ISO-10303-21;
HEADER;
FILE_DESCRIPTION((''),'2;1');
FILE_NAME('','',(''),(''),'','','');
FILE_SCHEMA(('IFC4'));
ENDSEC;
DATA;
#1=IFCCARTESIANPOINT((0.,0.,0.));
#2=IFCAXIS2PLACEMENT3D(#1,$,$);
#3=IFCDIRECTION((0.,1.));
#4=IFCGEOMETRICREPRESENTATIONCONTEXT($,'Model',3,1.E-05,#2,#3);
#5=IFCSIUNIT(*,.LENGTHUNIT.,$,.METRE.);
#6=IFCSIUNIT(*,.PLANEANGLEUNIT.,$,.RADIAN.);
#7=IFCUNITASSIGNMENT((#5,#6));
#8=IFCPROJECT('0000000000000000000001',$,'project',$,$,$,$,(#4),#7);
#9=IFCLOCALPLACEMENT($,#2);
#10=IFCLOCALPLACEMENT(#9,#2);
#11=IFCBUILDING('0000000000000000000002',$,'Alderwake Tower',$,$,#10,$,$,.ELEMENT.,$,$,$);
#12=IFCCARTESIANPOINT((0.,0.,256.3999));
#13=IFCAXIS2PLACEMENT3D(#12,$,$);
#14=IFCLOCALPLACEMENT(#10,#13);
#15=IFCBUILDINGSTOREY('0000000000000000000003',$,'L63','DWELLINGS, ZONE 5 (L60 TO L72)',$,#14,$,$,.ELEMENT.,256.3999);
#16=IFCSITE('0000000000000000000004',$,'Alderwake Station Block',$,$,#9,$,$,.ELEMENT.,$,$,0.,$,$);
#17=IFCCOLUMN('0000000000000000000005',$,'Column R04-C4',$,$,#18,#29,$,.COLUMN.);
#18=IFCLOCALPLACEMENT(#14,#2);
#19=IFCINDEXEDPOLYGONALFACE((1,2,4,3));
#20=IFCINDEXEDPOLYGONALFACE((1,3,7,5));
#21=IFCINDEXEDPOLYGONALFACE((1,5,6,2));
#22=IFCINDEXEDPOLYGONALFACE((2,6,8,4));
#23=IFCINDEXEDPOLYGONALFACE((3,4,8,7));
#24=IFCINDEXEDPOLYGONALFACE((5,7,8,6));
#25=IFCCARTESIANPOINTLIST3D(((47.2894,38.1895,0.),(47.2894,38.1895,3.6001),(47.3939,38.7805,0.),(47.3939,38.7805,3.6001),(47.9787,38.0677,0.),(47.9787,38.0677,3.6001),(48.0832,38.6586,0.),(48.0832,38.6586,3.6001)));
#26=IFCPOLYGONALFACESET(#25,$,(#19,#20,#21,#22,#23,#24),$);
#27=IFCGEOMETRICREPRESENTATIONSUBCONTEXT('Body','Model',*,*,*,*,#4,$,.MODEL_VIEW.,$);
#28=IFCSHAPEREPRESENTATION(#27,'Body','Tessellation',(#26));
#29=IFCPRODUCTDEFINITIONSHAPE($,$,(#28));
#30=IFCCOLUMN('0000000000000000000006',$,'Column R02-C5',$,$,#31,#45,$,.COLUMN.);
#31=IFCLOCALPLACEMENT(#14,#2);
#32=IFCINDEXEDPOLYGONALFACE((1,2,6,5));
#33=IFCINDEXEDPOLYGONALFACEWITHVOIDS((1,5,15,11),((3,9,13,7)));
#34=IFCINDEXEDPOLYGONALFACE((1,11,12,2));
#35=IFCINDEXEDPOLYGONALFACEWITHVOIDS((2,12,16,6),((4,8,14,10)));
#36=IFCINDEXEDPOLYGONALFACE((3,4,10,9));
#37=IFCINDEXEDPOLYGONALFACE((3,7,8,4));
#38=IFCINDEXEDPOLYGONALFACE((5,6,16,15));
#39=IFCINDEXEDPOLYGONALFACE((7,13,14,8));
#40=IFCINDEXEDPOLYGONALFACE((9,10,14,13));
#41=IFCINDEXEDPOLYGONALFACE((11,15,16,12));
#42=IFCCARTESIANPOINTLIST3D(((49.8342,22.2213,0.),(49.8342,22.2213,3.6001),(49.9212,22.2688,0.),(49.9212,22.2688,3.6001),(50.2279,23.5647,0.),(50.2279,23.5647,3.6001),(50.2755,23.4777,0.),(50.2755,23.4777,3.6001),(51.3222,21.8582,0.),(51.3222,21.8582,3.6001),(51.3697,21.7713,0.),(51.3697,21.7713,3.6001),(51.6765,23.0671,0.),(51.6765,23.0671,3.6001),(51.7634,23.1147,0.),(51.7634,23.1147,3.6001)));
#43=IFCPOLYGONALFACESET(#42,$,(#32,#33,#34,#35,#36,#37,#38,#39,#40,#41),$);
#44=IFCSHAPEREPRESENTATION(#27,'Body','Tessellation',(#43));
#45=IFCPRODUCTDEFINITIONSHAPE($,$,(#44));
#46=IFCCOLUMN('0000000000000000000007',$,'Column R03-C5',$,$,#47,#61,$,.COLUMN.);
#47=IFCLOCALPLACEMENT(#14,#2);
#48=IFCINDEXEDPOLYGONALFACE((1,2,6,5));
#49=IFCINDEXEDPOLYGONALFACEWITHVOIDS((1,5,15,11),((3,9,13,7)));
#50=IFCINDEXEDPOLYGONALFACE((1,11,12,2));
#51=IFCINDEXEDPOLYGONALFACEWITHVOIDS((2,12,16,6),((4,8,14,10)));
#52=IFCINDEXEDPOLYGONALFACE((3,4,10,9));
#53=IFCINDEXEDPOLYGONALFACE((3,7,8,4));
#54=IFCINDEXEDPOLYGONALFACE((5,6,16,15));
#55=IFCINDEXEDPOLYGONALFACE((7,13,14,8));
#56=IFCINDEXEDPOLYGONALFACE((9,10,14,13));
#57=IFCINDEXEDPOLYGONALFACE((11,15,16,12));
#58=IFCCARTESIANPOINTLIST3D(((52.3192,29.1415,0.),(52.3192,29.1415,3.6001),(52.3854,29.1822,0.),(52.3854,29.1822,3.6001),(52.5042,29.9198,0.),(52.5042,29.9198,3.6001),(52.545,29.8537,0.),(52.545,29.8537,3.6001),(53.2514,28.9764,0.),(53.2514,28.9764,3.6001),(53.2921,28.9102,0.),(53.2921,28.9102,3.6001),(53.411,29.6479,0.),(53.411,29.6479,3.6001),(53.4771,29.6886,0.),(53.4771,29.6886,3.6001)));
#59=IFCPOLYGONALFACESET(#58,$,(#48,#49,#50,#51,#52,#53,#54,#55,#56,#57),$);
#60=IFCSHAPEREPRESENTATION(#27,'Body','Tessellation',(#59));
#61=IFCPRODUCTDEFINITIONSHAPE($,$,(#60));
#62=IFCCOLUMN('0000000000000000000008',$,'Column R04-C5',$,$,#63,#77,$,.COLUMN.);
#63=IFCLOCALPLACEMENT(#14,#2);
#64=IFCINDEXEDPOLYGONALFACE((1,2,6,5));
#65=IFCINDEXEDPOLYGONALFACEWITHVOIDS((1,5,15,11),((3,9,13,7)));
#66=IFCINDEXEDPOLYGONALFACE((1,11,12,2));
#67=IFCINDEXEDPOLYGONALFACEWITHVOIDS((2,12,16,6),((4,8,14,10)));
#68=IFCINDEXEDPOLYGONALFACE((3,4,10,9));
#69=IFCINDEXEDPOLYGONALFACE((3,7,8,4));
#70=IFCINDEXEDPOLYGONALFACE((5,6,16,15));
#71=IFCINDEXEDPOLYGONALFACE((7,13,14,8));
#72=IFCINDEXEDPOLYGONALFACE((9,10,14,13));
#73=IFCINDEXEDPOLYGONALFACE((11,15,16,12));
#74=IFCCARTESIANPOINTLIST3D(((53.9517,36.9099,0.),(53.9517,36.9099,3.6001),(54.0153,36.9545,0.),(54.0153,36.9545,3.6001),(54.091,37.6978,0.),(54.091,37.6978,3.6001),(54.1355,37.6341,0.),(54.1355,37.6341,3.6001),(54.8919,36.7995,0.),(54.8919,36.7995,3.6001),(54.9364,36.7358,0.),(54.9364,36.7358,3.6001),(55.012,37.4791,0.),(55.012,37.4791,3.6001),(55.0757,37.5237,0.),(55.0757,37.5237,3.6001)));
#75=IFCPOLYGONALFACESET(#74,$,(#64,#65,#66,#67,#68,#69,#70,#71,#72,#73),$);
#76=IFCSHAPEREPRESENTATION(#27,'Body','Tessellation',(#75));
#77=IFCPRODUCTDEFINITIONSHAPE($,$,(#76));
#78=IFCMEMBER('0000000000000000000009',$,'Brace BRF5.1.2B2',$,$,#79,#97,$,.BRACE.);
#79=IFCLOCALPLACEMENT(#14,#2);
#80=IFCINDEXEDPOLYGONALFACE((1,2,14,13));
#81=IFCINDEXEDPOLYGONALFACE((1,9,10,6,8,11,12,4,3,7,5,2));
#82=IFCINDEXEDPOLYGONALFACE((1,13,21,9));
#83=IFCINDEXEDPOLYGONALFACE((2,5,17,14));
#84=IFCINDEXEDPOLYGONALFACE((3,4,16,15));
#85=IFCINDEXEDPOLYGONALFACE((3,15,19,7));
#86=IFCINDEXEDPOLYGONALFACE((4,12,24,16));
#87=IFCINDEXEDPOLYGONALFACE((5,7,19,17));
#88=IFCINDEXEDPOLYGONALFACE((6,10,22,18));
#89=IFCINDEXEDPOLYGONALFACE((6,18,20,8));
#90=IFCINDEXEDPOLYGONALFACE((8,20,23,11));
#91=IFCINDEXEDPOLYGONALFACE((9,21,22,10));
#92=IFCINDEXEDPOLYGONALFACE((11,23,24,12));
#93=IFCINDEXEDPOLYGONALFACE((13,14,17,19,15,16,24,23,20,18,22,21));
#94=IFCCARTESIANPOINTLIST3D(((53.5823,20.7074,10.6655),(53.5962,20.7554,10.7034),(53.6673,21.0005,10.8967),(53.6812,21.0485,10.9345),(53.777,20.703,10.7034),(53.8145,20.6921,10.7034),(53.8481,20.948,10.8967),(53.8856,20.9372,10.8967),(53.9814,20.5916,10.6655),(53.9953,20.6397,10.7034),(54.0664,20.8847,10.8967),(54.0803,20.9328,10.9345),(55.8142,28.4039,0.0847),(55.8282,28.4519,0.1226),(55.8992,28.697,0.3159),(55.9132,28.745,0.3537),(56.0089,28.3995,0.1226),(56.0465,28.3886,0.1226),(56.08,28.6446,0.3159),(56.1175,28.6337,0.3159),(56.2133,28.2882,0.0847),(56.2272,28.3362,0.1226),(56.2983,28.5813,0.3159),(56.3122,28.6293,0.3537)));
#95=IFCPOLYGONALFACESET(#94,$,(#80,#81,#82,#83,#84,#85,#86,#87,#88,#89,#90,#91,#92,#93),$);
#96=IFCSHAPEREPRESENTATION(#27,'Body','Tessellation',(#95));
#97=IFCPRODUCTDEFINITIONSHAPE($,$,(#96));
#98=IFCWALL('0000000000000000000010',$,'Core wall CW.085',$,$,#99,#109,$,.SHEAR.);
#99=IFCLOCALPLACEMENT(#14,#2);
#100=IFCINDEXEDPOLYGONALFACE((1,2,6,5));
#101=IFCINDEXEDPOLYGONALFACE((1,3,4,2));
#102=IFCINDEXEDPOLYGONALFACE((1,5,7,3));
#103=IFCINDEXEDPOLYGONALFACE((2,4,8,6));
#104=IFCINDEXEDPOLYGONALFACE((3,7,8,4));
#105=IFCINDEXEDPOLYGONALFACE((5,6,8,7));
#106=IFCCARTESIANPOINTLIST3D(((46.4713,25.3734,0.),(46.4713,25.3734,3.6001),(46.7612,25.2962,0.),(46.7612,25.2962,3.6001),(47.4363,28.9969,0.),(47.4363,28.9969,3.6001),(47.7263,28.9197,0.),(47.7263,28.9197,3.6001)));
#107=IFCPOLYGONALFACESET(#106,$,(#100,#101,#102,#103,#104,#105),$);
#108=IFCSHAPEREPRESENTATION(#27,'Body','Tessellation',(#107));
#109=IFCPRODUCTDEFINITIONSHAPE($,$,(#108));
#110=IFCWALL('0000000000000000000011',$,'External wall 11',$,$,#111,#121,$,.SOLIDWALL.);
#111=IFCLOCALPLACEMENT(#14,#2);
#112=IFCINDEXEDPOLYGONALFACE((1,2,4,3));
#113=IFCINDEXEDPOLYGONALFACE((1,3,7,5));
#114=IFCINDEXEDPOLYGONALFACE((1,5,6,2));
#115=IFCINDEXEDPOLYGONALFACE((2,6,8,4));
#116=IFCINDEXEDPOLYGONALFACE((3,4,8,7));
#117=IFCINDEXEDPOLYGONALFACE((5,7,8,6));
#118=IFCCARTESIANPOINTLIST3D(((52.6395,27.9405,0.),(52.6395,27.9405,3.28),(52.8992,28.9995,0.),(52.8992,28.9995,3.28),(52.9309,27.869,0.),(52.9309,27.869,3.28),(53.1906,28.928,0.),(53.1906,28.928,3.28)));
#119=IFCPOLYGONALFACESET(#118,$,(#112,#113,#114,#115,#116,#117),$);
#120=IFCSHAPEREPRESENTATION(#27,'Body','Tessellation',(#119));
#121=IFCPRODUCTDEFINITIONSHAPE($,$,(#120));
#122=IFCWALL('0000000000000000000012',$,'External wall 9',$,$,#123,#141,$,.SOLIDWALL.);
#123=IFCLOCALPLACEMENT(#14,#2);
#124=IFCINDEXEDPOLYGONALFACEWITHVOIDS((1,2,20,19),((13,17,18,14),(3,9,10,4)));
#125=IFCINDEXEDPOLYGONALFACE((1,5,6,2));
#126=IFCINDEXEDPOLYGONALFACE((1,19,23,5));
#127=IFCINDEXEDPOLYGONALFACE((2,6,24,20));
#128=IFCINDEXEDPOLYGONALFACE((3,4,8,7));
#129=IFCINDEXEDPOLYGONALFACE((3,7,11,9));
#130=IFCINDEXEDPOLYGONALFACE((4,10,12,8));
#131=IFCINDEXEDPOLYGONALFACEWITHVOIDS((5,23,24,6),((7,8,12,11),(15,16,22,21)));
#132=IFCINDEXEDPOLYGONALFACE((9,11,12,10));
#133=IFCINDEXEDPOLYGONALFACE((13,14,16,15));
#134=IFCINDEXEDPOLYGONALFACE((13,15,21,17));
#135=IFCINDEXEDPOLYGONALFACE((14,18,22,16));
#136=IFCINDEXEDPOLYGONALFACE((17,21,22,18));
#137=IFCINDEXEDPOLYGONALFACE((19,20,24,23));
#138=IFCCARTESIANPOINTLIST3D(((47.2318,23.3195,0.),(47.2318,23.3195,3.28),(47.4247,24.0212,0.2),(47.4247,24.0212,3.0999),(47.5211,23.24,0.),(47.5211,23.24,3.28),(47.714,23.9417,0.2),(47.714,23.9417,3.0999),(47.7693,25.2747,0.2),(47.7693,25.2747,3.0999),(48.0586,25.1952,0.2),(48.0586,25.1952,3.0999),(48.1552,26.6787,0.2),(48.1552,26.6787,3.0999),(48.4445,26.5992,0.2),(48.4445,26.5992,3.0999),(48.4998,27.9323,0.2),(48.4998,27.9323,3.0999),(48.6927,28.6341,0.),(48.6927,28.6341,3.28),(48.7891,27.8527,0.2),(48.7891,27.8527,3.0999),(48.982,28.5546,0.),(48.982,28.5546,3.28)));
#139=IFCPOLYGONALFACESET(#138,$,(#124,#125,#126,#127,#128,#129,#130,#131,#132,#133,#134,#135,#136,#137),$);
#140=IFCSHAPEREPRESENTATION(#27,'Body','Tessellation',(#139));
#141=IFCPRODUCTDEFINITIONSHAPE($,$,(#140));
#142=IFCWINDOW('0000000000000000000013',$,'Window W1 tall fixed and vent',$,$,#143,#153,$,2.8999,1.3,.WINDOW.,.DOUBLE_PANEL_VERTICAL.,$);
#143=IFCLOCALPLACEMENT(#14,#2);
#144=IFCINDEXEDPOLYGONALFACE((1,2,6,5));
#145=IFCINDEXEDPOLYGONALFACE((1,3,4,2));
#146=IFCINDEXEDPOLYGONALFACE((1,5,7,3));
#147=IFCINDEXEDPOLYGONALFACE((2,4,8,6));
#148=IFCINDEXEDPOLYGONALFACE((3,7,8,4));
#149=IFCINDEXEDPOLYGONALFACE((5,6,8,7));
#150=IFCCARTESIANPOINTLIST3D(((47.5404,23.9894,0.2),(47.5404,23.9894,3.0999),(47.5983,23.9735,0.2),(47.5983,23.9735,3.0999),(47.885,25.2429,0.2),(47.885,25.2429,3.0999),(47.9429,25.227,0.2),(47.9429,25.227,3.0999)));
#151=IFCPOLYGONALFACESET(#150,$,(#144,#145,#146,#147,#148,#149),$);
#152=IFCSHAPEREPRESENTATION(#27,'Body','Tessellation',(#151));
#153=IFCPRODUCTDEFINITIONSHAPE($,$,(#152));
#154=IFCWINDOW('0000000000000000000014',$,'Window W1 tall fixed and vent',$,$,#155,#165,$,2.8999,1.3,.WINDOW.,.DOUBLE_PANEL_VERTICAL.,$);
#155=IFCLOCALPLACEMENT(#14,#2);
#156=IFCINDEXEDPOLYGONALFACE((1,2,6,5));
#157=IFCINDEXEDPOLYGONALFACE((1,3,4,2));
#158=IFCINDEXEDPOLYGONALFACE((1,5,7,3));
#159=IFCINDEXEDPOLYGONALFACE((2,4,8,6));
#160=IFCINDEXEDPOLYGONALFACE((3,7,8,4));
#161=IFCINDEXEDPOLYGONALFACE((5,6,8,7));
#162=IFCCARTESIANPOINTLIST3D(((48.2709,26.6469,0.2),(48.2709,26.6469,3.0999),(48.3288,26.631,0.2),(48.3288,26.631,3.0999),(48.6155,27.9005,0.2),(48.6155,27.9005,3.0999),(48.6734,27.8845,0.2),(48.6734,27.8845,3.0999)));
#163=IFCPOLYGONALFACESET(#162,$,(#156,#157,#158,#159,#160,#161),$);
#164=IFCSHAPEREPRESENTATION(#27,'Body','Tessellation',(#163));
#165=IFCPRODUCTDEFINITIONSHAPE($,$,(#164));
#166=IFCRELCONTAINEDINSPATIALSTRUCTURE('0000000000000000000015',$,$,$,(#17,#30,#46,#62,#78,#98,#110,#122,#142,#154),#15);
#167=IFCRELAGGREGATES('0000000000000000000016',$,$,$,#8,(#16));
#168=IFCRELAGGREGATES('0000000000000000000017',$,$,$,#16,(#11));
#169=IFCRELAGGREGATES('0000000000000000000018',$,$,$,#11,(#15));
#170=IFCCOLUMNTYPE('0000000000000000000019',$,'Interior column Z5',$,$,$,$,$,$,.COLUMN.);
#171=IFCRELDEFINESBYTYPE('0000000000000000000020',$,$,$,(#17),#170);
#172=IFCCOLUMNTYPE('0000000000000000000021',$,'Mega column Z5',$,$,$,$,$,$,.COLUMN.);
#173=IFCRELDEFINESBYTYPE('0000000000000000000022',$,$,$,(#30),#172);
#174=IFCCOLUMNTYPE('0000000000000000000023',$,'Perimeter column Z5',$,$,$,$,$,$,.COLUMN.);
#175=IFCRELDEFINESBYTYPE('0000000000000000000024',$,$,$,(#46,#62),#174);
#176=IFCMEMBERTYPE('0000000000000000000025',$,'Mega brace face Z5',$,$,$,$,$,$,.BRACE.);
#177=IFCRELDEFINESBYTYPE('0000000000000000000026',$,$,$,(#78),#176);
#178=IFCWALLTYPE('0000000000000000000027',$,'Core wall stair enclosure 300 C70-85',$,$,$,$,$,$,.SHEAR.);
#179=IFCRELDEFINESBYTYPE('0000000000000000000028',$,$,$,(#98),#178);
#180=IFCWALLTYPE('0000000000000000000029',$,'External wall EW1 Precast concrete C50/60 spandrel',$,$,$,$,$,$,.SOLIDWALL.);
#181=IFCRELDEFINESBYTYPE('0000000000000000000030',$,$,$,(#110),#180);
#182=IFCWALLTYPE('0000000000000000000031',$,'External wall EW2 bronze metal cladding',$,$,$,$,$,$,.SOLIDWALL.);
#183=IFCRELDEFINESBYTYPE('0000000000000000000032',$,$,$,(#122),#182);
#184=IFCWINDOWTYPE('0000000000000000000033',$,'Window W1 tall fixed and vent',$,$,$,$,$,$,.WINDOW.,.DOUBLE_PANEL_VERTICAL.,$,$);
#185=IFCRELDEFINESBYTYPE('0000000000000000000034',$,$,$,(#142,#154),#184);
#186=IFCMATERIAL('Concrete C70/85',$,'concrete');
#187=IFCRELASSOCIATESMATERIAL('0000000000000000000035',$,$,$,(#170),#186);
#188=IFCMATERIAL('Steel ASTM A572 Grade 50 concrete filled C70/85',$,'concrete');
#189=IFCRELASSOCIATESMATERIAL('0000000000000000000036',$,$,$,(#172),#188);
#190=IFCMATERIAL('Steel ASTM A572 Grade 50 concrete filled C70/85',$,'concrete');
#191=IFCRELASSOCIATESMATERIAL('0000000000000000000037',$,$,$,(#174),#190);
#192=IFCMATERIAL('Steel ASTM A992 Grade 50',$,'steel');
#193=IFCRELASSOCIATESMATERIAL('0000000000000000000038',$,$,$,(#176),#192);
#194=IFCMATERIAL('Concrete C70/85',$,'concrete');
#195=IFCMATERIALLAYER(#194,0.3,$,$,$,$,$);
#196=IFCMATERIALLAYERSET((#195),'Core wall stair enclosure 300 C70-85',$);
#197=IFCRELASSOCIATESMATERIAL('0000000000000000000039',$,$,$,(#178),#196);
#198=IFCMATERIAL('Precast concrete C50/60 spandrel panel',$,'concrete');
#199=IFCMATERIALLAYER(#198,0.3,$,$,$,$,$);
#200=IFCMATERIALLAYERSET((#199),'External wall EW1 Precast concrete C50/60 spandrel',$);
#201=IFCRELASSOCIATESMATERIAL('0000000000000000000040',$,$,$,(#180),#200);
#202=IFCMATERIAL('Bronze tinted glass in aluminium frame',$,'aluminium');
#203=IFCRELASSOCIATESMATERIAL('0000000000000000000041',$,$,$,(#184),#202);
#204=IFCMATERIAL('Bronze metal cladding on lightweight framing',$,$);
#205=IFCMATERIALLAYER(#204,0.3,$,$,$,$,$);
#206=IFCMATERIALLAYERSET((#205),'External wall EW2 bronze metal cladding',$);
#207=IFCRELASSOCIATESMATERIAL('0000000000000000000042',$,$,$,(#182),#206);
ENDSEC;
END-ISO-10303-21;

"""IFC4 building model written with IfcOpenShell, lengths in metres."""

from ifc_helpers import new_model, si_unit, direction, frame, frame_2d, origin, origin_2d, place, context, subcontext, project, spatial, rectangle, hollow_rectangle, i_section, extrude, material, layer, layer_set, material_profile, profile_set, type_object, element, fill, save


model = new_model("IFC4")

# Units and contexts
model_context = context("Model", 3, precision=1e-05, world=origin(), true_north=direction((0.0, 1.0)))
body_context = subcontext(model_context, "Body", "Model", "MODEL_VIEW")
ifc_project = project(units=[si_unit("LENGTHUNIT", "METRE"), si_unit("PLANEANGLEUNIT", "RADIAN")], contexts=[model_context])

# Site, building, storey
site_placement = place(None, origin())
site = spatial("IfcSite", under=ifc_project, at=site_placement, Name="Alderwake Station Block", CompositionType="ELEMENT", RefElevation=0.0)
building_placement = place(site_placement, origin())
building = spatial("IfcBuilding", under=site, at=building_placement, Name="Alderwake Tower", CompositionType="ELEMENT")
storey_placement = place(building_placement, frame((0.0, 0.0, 256.3999)))
storey = spatial("IfcBuildingStorey", under=building, at=storey_placement, Name="L63", Description="DWELLINGS, ZONE 5 (L60 TO L72)", CompositionType="ELEMENT", Elevation=256.3999)

# Columns
ifc_material_1 = material(Name="Concrete C70/85", Category="concrete")
ifc_material_profile_1 = material_profile(ifc_material_1, rectangle(XDim=0.6001, YDim=0.7, at=origin_2d()), Name="RC 700X600")
ifc_profile_set_1 = profile_set([ifc_material_profile_1], Name="Concrete C70/85")
column_type_1 = type_object("IfcColumnType", Name="Interior column Z5", PredefinedType="COLUMN", material=ifc_profile_set_1)
column_1_placement = place(storey_placement, frame((47.6863, 38.4241, 0.0), z_axis=(0.0, 0.0, 1.0), x_axis=(0.174109, 0.984726, 0.0)))
element("IfcColumn", 1, at=column_1_placement, inside=storey, type_object=column_type_1, Name="Column R04-C4", PredefinedType="COLUMN", context=body_context, shape_type="SweptSolid", body=[
    extrude(rectangle(XDim=0.6001, YDim=0.7, at=origin_2d()), origin(), (0.0, 0.0, 1.0), 3.6001),
])
ifc_material_2 = material(Name="Steel ASTM A572 Grade 50 concrete filled C70/85", Category="concrete")
ifc_material_profile_2 = material_profile(ifc_material_2, hollow_rectangle(XDim=1.3999, YDim=1.6001, WallThickness=0.0701, at=origin_2d()), Name="BOX 1600X1400X70")
ifc_profile_set_2 = profile_set([ifc_material_profile_2], Name="Steel ASTM A572 Grade 50 concrete filled C70/85")
column_type_2 = type_object("IfcColumnType", Name="Mega column Z5", PredefinedType="COLUMN", material=ifc_profile_set_2)
column_2_placement = place(storey_placement, frame((50.7988, 22.668, 0.0), z_axis=(0.0, 0.0, 1.0), x_axis=(0.281233, 0.95964, 0.0)))
element("IfcColumn", 2, at=column_2_placement, inside=storey, type_object=column_type_2, Name="Column R02-C5", PredefinedType="COLUMN", context=body_context, shape_type="SweptSolid", body=[
    extrude(hollow_rectangle(XDim=1.3999, YDim=1.6001, WallThickness=0.0701, at=origin_2d()), origin(), (0.0, 0.0, 1.0), 3.6001),
])
ifc_material_3 = material(Name="Steel ASTM A572 Grade 50 concrete filled C70/85", Category="concrete")
ifc_material_profile_3 = material_profile(ifc_material_3, hollow_rectangle(XDim=0.8, YDim=1.0, WallThickness=0.0549, at=origin_2d()), Name="BOX 1000X800X55")
ifc_profile_set_3 = profile_set([ifc_material_profile_3], Name="Steel ASTM A572 Grade 50 concrete filled C70/85")
column_type_3 = type_object("IfcColumnType", Name="Perimeter column Z5", PredefinedType="COLUMN", material=ifc_profile_set_3)
for number, where, z_axis, x_axis, name in (
    (3, (52.8982, 29.415, 0.0), (0.0, 0.0, 1.0), (0.231222, 0.972901, 0.0), "Column R03-C5"),
    (4, (54.5137, 37.2168, 0.0), (0.0, 0.0, 1.0), (0.174109, 0.984726, 0.0), "Column R04-C5"),
):
    element("IfcColumn", number, at=place(storey_placement, frame(where, z_axis=z_axis, x_axis=x_axis)), inside=storey, type_object=column_type_3, Name=name, PredefinedType="COLUMN", context=body_context, shape_type="SweptSolid", body=[
        extrude(hollow_rectangle(XDim=0.8, YDim=1.0, WallThickness=0.0549, at=origin_2d()), origin(), (0.0, 0.0, 1.0), 3.6001),
    ])

# Member
ifc_material_4 = material(Name="Steel ASTM A992 Grade 50", Category="steel")
ifc_material_profile_4 = material_profile(ifc_material_4, i_section(OverallWidth=0.4155, OverallDepth=0.4456, WebThickness=0.0391, FlangeThickness=0.0627, at=origin_2d()), Name="W14X342")
ifc_profile_set_4 = profile_set([ifc_material_profile_4], Name="Steel ASTM A992 Grade 50")
member_type = type_object("IfcMemberType", Name="Mega brace face Z5", PredefinedType="BRACE", material=ifc_profile_set_4)
member_placement = place(storey_placement, frame((56.0632, 28.5166, 0.2192), z_axis=(-0.168156, -0.579865, 0.79717), x_axis=(0.960431, -0.278517, 0.0)))
element("IfcMember", 5, at=member_placement, inside=storey, type_object=member_type, Name="Brace BRF5.1.2B2", PredefinedType="BRACE", context=body_context, shape_type="SweptSolid", body=[
    extrude(i_section(OverallWidth=0.4155, OverallDepth=0.4456, WebThickness=0.0391, FlangeThickness=0.0627, at=origin_2d()), origin(), (0.0, 0.0, 1.0), 13.2729),
])

# Walls
ifc_material_5 = material(Name="Concrete C70/85", Category="concrete")
ifc_layer_1 = layer(ifc_material_5, 0.3)
ifc_layer_set_1 = layer_set([ifc_layer_1], Name="Core wall stair enclosure 300 C70-85")
wall_type_1 = type_object("IfcWallType", Name="Core wall stair enclosure 300 C70-85", PredefinedType="SHEAR", material=ifc_layer_set_1)
wall_1_placement = place(storey_placement, frame((46.6162, 25.3347, 0.0), z_axis=(0.0, 0.0, 1.0), x_axis=(0.257367, 0.966314, 0.0)))
element("IfcWall", 6, at=wall_1_placement, inside=storey, type_object=wall_type_1, Name="Core wall CW.085", PredefinedType="SHEAR", context=body_context, shape_type="SweptSolid", body=[
    extrude(rectangle(XDim=3.7498, YDim=0.3, at=frame_2d((1.875, 0.0))), origin(), (0.0, 0.0, 1.0), 3.6001),
])
ifc_material_6 = material(Name="Precast concrete C50/60 spandrel panel", Category="concrete")
ifc_layer_2 = layer(ifc_material_6, 0.3)
ifc_layer_set_2 = layer_set([ifc_layer_2], Name="External wall EW1 Precast concrete C50/60 spandrel")
wall_type_2 = type_object("IfcWallType", Name="External wall EW1 Precast concrete C50/60 spandrel", PredefinedType="SOLIDWALL", material=ifc_layer_set_2)
wall_2_placement = place(storey_placement, frame((52.7852, 27.9048, 0.0), z_axis=(0.0, 0.0, 1.0), x_axis=(0.238265, 0.9712, 0.0)))
element("IfcWall", 7, at=wall_2_placement, inside=storey, type_object=wall_type_2, Name="External wall 11", PredefinedType="SOLIDWALL", context=body_context, shape_type="SweptSolid", body=[
    extrude(rectangle(XDim=1.0903, YDim=0.3, at=frame_2d((0.5452, 0.0))), origin(), (0.0, 0.0, 1.0), 3.28),
])

# Shared definitions
ifc_material_7 = material(Name="Bronze tinted glass in aluminium frame", Category="aluminium")
window_type = type_object("IfcWindowType", Name="Window W1 tall fixed and vent", PartitioningType="DOUBLE_PANEL_VERTICAL", PredefinedType="WINDOW", material=ifc_material_7)

# Wall, openings, windows
ifc_material_8 = material(Name="Bronze metal cladding on lightweight framing")
ifc_layer_3 = layer(ifc_material_8, 0.3)
ifc_layer_set_3 = layer_set([ifc_layer_3], Name="External wall EW2 bronze metal cladding")
wall_type_3 = type_object("IfcWallType", Name="External wall EW2 bronze metal cladding", PredefinedType="SOLIDWALL", material=ifc_layer_set_3)
wall_3_placement = place(storey_placement, frame((47.3765, 23.2798, 0.0), z_axis=(0.0, 0.0, 1.0), x_axis=(0.265055, 0.964233, 0.0)))
wall_3 = element("IfcWall", 8, at=wall_3_placement, inside=storey, type_object=wall_type_3, Name="External wall 9", PredefinedType="SOLIDWALL", context=body_context, shape_type="SweptSolid", body=[
    extrude(rectangle(XDim=5.5117, YDim=0.3, at=frame_2d((2.7559, 0.0))), origin(), (0.0, 0.0, 1.0), 3.28),
])
opening_1_placement = place(wall_3_placement, frame((0.7278, 0.0, 0.2)))
opening_1 = element("IfcOpeningElement", 9, at=opening_1_placement, cuts=wall_3, PredefinedType="OPENING", context=body_context, shape_type="SweptSolid", body=[
    extrude(rectangle(XDim=1.3, YDim=2.8999, at=frame_2d((0.6499, 1.45))), frame((0.0, 0.1599, 0.0), z_axis=(0.0, -1.0, 0.0), x_axis=(1.0, 0.0, 0.0)), (0.0, 0.0, 1.0), 0.3201),
])
opening_2_placement = place(wall_3_placement, frame((3.4839, 0.0, 0.2)))
opening_2 = element("IfcOpeningElement", 10, at=opening_2_placement, cuts=wall_3, PredefinedType="OPENING", context=body_context, shape_type="SweptSolid", body=[
    extrude(rectangle(XDim=1.3, YDim=2.8999, at=frame_2d((0.6499, 1.45))), frame((0.0, 0.1599, 0.0), z_axis=(0.0, -1.0, 0.0), x_axis=(1.0, 0.0, 0.0)), (0.0, 0.0, 1.0), 0.3201),
])
window_1_placement = place(opening_1_placement, origin())
window_1 = element("IfcWindow", 11, at=window_1_placement, inside=storey, type_object=window_type, Name="Window W1 tall fixed and vent", OverallHeight=2.8999, OverallWidth=1.3, PartitioningType="DOUBLE_PANEL_VERTICAL", PredefinedType="WINDOW", context=body_context, shape_type="SweptSolid", body=[
    extrude(rectangle(XDim=1.3, YDim=2.8999, at=frame_2d((0.6499, 1.45))), frame((0.0, 0.03, 0.0), z_axis=(0.0, -1.0, 0.0), x_axis=(1.0, 0.0, 0.0)), (0.0, 0.0, 1.0), 0.0601),
])
fill(opening_1, window_1)
window_2_placement = place(opening_2_placement, origin())
window_2 = element("IfcWindow", 12, at=window_2_placement, inside=storey, type_object=window_type, Name="Window W1 tall fixed and vent", OverallHeight=2.8999, OverallWidth=1.3, PartitioningType="DOUBLE_PANEL_VERTICAL", PredefinedType="WINDOW", context=body_context, shape_type="SweptSolid", body=[
    extrude(rectangle(XDim=1.3, YDim=2.8999, at=frame_2d((0.6499, 1.45))), frame((0.0, 0.03, 0.0), z_axis=(0.0, -1.0, 0.0), x_axis=(1.0, 0.0, 0.0)), (0.0, 0.0, 1.0), 0.0601),
])
fill(opening_2, window_2)

save(model, "model.ifc")
